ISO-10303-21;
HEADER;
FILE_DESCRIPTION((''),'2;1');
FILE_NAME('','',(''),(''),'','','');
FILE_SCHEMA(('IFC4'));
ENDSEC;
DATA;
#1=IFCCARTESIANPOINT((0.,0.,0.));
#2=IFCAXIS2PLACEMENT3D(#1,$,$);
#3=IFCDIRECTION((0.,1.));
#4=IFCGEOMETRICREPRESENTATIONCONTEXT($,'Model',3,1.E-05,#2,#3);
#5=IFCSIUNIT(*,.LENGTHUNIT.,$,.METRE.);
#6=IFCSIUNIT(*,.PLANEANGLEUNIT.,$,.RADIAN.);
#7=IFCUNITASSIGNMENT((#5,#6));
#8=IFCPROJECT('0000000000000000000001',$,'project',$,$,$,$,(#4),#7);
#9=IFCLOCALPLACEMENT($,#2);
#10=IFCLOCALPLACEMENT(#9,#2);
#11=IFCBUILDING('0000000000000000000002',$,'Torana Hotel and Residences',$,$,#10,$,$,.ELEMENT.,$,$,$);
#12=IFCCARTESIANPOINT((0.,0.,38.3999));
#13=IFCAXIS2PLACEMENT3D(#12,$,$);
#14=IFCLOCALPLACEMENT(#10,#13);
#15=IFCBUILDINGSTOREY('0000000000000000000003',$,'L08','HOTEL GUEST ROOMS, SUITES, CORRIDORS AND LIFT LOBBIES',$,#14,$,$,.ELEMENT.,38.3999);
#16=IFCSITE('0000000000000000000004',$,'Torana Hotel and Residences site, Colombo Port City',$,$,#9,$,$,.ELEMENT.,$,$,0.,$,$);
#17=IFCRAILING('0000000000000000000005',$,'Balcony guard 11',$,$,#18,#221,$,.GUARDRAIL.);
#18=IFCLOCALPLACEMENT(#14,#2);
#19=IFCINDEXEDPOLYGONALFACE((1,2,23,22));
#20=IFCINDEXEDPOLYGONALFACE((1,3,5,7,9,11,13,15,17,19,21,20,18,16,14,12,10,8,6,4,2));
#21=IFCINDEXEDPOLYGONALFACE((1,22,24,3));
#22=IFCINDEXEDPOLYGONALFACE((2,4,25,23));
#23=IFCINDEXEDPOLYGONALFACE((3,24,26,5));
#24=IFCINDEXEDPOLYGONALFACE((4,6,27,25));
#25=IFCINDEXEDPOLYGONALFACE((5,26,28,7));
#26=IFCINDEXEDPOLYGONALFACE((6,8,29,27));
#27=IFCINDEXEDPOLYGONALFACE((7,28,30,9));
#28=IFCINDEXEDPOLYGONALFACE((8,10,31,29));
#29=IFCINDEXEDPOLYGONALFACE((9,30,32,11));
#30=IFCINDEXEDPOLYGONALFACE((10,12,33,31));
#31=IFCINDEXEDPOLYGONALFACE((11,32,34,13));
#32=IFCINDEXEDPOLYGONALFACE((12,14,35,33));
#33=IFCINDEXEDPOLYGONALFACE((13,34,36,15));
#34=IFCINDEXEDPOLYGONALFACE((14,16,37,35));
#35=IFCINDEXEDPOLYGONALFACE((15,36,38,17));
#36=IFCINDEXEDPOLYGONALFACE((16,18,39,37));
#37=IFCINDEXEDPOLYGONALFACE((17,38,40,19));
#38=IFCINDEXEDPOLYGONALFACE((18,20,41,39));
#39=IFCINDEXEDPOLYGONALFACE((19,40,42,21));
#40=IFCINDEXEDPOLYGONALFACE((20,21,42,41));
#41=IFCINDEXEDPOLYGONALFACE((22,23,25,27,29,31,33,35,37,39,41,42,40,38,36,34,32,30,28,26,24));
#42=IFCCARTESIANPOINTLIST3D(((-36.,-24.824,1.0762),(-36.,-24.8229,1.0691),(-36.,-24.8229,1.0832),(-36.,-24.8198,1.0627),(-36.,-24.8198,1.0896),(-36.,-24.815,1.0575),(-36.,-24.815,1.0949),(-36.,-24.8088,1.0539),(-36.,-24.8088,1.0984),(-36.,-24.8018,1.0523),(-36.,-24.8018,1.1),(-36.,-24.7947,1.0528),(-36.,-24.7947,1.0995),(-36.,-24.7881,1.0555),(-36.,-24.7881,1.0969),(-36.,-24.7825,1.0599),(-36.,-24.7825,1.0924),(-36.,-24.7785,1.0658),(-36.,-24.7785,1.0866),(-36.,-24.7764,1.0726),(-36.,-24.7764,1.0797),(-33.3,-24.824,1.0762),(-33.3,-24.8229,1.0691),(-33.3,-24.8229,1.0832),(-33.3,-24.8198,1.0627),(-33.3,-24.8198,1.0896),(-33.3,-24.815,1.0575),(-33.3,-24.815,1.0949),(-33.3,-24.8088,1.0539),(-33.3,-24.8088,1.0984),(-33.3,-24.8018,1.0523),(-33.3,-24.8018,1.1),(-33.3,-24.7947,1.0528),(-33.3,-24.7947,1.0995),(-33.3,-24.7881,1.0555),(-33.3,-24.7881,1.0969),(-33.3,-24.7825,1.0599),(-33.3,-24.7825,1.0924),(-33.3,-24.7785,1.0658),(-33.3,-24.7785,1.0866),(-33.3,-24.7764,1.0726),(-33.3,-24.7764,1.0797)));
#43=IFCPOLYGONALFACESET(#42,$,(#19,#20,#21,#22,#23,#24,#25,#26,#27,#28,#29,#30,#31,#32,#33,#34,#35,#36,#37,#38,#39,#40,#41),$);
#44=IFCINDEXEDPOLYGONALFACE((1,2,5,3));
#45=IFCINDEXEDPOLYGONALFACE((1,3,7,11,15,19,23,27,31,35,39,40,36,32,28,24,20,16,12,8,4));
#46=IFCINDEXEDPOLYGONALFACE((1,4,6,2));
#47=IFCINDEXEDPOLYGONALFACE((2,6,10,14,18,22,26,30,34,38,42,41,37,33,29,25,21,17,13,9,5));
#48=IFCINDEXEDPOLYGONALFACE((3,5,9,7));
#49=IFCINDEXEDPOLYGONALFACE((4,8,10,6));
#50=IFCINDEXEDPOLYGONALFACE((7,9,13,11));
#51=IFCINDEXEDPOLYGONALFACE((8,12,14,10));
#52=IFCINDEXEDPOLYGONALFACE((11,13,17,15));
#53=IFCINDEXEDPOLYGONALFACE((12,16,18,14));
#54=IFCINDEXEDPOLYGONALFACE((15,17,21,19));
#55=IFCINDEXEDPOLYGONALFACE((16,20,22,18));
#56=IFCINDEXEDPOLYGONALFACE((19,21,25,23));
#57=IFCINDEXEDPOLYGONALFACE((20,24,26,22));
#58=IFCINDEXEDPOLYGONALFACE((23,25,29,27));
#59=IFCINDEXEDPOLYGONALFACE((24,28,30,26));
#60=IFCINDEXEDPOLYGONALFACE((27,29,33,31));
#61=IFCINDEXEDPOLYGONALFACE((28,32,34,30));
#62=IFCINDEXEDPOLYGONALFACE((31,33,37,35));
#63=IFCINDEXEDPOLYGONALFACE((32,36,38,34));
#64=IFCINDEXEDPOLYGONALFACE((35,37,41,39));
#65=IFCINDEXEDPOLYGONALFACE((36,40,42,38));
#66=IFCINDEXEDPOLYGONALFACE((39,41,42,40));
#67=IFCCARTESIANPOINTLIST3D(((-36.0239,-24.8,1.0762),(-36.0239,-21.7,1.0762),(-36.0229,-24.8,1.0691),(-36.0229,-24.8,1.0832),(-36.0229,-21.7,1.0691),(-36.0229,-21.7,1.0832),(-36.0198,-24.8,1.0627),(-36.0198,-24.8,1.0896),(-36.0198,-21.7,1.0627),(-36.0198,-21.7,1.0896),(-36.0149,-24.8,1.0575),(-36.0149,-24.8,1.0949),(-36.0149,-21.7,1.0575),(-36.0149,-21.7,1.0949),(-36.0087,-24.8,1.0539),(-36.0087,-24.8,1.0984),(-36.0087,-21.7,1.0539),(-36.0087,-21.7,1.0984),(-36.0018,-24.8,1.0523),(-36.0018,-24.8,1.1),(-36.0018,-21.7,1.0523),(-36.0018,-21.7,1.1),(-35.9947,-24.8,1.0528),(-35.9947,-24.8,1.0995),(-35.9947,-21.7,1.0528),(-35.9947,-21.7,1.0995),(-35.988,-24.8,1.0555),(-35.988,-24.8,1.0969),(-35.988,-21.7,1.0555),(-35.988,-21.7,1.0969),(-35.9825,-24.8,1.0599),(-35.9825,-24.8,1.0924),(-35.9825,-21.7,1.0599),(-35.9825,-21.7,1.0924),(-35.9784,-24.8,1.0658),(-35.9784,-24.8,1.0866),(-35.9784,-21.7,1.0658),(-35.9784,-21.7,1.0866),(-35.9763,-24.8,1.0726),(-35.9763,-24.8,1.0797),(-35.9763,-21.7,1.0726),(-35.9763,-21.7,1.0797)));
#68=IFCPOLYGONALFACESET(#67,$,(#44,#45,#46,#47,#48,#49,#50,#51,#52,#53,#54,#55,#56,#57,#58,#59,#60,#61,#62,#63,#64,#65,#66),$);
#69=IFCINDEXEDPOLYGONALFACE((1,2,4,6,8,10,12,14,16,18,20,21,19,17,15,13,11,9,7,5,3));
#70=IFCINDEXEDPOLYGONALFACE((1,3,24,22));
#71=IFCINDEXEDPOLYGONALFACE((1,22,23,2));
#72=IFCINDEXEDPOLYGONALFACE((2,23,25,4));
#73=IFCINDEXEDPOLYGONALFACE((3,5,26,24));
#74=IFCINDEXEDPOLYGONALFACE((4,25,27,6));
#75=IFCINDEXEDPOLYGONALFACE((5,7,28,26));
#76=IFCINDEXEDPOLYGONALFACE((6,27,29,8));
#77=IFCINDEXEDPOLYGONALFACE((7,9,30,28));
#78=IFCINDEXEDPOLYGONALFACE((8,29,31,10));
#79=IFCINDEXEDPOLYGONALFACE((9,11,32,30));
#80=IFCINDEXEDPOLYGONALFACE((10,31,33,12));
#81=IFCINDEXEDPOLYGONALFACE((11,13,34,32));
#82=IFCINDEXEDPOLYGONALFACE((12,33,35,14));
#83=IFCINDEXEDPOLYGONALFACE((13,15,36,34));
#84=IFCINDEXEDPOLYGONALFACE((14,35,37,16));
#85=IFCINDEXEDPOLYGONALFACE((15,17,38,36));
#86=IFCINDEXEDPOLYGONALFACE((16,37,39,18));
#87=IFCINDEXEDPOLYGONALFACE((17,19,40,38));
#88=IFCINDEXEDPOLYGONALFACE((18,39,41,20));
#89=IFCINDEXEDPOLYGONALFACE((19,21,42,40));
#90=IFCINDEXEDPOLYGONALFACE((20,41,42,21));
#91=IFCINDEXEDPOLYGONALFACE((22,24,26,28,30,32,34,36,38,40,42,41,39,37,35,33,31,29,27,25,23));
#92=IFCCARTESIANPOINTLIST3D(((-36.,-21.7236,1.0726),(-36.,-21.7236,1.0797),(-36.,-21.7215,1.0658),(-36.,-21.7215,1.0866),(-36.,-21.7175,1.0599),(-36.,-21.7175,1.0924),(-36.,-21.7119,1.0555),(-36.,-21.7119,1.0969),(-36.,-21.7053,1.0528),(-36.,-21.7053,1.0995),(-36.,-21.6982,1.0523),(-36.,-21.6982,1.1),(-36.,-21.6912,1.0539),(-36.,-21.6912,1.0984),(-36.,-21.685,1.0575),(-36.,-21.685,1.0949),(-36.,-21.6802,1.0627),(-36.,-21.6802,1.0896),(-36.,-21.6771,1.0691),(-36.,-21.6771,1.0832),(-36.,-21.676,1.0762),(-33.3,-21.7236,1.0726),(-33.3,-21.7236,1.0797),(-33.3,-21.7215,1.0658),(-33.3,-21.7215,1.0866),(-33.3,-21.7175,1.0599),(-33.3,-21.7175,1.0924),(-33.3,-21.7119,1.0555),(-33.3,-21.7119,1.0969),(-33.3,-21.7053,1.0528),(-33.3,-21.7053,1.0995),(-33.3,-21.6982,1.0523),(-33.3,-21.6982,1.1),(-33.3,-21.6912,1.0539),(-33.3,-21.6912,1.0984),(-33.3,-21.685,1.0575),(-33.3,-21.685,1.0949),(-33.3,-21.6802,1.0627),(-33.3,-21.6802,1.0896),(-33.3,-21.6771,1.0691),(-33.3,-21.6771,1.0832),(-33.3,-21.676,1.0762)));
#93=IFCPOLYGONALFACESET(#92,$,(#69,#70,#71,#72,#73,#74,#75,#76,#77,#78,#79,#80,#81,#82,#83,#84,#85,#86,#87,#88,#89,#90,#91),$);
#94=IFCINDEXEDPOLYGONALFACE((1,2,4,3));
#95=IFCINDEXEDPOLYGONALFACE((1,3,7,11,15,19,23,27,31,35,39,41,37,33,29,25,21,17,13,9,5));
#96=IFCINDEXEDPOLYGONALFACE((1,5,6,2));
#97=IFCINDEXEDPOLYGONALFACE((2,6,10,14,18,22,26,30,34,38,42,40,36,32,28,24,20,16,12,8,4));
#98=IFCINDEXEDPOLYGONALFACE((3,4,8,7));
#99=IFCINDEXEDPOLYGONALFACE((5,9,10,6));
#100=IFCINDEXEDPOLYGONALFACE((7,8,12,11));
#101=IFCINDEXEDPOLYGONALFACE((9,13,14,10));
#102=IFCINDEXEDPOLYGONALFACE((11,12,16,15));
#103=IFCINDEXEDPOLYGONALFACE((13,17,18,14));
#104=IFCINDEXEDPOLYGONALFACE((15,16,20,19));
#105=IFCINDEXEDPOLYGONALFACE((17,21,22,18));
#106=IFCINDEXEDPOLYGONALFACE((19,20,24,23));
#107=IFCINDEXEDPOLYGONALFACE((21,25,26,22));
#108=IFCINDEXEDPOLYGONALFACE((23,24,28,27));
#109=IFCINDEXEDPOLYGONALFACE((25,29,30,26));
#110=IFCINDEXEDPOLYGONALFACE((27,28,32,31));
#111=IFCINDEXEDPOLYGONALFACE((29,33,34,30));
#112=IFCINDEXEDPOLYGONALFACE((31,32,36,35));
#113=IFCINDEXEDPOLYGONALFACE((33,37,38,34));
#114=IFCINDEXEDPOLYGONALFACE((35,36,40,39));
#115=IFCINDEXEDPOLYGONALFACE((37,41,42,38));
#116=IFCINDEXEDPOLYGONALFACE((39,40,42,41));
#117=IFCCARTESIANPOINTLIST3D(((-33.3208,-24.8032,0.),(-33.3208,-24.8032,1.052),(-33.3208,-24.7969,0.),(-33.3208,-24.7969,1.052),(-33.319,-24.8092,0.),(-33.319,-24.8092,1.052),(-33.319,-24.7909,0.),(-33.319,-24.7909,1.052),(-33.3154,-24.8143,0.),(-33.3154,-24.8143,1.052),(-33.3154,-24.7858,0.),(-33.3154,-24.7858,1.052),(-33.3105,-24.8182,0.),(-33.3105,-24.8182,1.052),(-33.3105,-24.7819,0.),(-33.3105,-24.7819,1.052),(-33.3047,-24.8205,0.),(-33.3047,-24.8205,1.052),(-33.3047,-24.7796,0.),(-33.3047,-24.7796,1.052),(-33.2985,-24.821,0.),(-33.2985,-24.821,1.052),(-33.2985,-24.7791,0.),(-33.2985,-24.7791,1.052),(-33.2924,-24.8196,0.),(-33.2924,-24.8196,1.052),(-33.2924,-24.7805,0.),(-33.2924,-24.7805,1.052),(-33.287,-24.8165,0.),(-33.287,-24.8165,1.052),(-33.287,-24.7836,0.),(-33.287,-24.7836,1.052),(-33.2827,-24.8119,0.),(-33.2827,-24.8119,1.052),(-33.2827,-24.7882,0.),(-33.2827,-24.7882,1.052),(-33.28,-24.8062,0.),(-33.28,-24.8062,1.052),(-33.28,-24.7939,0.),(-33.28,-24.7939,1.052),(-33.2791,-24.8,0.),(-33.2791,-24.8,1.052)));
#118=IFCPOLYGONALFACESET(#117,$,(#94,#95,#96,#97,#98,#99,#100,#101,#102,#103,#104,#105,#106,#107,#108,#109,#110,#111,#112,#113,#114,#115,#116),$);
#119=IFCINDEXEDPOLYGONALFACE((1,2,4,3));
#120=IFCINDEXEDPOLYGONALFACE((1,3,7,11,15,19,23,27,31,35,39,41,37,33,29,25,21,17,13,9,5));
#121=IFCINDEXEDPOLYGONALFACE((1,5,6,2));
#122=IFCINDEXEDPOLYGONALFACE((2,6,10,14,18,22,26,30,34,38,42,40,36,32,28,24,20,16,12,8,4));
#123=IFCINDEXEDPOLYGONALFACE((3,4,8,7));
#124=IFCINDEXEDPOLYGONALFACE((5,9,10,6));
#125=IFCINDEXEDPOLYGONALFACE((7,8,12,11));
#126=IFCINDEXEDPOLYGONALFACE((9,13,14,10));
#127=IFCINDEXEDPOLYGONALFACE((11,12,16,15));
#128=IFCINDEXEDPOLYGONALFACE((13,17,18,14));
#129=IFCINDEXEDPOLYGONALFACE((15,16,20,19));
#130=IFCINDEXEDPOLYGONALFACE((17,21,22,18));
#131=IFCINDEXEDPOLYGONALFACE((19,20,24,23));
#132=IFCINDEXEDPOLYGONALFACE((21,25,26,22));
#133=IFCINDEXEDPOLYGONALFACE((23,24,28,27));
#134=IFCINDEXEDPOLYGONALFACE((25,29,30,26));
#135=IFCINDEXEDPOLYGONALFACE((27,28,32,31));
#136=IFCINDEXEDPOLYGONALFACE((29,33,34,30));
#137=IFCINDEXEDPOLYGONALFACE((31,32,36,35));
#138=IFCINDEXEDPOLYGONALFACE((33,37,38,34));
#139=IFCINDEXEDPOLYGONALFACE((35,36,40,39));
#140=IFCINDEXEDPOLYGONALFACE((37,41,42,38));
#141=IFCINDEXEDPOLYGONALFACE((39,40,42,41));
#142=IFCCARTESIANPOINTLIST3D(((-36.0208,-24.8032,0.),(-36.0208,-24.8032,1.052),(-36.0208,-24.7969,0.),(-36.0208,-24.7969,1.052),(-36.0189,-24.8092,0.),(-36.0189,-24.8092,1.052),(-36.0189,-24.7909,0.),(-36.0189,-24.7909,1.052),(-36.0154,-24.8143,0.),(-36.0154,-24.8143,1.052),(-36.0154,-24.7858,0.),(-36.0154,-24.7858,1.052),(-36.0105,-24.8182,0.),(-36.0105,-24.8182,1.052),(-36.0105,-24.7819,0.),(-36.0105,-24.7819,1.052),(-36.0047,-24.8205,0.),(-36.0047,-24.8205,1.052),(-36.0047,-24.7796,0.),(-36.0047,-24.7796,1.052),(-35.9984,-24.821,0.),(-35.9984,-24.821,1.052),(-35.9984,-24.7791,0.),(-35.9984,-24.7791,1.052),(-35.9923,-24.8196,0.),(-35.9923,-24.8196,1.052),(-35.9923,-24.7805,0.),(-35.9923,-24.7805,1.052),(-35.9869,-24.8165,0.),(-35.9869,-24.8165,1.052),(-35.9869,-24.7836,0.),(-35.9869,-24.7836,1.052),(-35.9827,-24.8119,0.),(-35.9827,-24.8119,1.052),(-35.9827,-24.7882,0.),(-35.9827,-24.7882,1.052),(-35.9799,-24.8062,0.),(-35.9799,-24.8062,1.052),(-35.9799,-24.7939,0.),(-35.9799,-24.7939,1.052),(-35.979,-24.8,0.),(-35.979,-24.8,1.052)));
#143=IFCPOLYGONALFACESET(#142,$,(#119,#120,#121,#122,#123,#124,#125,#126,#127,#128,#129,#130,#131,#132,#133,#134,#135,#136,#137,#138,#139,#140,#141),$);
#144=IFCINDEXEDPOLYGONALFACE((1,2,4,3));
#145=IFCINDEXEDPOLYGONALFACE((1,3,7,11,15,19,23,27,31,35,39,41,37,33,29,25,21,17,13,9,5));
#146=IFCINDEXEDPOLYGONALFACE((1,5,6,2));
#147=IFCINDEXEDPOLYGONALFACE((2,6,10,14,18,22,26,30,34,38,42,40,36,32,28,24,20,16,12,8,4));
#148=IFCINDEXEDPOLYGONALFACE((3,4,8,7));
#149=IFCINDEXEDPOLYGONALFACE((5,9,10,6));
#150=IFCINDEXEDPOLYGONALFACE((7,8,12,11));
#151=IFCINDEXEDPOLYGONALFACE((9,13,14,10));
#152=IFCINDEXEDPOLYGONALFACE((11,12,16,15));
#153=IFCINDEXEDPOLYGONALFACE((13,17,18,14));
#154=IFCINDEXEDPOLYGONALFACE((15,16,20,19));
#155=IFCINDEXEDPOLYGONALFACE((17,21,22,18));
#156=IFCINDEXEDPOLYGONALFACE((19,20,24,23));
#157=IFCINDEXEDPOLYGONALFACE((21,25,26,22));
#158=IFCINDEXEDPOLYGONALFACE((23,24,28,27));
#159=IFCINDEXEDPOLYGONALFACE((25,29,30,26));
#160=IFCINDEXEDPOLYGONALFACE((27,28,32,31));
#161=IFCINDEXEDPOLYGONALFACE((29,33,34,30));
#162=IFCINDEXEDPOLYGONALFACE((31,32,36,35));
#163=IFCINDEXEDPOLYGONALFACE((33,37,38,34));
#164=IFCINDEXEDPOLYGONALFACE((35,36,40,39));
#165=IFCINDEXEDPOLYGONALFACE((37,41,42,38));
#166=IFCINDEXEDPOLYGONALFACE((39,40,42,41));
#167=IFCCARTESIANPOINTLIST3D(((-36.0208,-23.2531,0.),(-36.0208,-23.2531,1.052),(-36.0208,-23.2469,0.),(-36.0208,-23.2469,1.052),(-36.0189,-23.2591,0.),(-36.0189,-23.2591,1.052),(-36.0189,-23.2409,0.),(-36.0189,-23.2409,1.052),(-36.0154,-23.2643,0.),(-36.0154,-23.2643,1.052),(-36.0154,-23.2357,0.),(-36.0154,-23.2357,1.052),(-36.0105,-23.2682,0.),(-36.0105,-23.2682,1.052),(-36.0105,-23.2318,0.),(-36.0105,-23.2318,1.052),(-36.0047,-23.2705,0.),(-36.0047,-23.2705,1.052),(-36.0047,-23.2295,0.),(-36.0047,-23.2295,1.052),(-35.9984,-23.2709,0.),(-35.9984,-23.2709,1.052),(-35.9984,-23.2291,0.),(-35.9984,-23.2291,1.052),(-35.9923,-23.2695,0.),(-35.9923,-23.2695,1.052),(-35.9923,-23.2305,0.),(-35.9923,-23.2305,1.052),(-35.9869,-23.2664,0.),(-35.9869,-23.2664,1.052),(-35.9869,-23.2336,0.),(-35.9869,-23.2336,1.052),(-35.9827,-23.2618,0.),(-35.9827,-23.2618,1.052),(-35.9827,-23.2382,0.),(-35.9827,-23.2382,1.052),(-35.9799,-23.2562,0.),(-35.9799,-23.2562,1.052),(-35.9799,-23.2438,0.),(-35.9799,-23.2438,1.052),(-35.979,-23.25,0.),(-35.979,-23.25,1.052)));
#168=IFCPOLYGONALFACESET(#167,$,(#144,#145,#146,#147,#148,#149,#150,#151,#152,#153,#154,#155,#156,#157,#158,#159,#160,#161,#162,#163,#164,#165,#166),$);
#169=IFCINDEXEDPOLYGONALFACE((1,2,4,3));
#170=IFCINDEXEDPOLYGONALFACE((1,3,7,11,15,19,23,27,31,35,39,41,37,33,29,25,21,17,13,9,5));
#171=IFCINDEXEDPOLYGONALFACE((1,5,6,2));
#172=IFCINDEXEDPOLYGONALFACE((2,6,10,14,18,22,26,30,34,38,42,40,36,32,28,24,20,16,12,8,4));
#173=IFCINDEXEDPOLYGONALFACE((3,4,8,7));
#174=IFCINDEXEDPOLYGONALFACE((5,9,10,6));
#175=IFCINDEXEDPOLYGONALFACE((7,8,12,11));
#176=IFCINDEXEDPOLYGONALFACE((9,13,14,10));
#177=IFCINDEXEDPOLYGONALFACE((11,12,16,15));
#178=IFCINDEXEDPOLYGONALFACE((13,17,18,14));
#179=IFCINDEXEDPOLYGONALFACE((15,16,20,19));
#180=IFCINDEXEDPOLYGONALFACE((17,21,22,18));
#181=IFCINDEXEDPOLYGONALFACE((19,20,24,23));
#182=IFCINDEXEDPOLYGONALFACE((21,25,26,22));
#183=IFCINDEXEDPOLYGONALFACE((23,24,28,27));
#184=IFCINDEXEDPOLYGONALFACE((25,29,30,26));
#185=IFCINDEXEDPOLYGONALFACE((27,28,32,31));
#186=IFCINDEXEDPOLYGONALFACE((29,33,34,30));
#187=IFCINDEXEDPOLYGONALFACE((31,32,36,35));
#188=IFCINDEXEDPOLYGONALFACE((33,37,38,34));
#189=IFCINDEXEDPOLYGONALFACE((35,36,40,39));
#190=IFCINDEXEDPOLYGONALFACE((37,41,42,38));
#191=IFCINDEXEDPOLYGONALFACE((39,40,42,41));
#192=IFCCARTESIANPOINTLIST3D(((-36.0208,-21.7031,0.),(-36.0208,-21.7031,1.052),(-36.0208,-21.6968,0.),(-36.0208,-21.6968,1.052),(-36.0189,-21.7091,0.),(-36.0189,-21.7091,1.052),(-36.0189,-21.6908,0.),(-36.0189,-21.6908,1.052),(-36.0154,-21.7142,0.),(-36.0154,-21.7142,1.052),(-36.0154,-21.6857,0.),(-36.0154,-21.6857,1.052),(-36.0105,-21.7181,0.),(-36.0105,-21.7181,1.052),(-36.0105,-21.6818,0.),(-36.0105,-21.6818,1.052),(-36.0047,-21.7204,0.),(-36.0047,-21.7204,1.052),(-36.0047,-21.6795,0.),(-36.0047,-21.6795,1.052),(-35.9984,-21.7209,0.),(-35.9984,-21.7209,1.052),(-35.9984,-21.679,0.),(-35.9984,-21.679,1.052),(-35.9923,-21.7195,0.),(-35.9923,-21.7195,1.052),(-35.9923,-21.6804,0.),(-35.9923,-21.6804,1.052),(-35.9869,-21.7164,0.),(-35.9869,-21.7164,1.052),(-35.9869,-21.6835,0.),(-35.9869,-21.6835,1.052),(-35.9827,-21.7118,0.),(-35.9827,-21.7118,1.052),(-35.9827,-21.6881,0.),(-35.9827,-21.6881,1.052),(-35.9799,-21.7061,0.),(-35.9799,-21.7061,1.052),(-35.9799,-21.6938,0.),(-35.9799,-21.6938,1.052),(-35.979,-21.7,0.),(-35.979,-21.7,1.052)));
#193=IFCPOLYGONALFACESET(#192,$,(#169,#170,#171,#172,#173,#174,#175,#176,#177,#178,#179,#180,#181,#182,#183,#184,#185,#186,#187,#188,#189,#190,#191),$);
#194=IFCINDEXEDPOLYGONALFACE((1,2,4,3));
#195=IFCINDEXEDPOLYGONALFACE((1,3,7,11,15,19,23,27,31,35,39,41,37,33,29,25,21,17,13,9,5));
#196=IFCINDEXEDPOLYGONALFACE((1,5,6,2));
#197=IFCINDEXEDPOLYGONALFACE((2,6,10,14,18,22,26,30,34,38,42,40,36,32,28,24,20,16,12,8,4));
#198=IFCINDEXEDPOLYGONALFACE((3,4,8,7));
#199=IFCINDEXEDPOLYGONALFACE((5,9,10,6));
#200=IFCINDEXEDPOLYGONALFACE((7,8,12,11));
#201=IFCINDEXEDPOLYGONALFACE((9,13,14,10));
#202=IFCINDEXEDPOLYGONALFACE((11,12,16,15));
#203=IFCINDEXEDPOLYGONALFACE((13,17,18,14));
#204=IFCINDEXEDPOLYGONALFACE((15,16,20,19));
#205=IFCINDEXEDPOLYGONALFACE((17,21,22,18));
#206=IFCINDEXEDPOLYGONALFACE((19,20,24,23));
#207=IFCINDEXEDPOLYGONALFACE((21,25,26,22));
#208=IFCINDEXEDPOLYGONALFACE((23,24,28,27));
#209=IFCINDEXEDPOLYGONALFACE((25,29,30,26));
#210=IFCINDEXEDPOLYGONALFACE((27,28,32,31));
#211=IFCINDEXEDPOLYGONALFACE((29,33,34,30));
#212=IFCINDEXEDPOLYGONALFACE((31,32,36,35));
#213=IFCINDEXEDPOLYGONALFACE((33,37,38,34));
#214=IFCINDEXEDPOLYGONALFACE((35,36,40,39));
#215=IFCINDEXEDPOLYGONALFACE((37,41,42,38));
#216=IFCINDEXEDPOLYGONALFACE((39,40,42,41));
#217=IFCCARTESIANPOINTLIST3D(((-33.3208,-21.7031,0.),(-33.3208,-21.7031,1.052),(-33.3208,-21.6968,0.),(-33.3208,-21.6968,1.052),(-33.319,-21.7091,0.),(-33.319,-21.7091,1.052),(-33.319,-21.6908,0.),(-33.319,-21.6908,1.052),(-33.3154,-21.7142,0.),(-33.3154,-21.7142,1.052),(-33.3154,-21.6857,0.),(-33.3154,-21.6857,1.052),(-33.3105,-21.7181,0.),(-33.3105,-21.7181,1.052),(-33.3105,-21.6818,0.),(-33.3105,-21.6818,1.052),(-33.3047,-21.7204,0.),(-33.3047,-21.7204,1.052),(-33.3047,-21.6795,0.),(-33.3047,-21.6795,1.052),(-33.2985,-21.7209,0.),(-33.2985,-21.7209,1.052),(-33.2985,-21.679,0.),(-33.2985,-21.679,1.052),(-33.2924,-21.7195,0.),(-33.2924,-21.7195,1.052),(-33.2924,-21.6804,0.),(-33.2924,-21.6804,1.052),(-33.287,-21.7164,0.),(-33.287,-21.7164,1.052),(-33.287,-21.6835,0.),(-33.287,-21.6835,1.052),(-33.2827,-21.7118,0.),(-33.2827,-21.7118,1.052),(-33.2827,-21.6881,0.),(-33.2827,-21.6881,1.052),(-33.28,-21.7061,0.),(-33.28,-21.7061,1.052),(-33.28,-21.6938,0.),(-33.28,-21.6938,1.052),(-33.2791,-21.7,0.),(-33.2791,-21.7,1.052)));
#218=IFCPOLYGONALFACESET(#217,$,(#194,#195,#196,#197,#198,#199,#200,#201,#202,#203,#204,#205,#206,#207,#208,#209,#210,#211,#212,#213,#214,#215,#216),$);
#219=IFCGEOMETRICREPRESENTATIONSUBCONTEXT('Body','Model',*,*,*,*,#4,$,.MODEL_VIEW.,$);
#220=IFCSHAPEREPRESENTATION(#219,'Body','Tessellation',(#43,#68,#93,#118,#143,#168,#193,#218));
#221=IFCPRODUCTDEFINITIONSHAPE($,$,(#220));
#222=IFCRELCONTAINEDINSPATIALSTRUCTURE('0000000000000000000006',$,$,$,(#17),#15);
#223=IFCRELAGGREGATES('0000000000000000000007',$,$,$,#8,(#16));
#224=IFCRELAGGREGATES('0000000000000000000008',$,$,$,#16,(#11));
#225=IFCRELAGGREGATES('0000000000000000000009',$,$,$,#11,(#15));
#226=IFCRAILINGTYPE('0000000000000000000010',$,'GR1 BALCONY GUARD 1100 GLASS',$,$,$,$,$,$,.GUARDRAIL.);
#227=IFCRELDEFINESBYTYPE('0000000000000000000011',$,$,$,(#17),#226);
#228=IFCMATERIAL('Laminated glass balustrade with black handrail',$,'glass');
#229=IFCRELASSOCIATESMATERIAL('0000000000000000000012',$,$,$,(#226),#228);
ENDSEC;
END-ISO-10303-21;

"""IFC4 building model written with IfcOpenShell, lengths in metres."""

from ifc_helpers import new_model, si_unit, direction, frame, origin, origin_2d, place, context, subcontext, project, spatial, circle, extrude, material, type_object, element, save


model = new_model("IFC4")

# Units and contexts
model_context = context("Model", 3, precision=1e-05, world=origin(), true_north=direction((0.0, 1.0)))
body_context = subcontext(model_context, "Body", "Model", "MODEL_VIEW")
ifc_project = project(units=[si_unit("LENGTHUNIT", "METRE"), si_unit("PLANEANGLEUNIT", "RADIAN")], contexts=[model_context])

# Site, building, storey
site_placement = place(None, origin())
site = spatial("IfcSite", under=ifc_project, at=site_placement, Name="Torana Hotel and Residences site, Colombo Port City", CompositionType="ELEMENT", RefElevation=0.0)
building_placement = place(site_placement, origin())
building = spatial("IfcBuilding", under=site, at=building_placement, Name="Torana Hotel and Residences", CompositionType="ELEMENT")
storey_placement = place(building_placement, frame((0.0, 0.0, 38.3999)))
storey = spatial("IfcBuildingStorey", under=building, at=storey_placement, Name="L08", Description="HOTEL GUEST ROOMS, SUITES, CORRIDORS AND LIFT LOBBIES", CompositionType="ELEMENT", Elevation=38.3999)

# Railing
ifc_material_1 = material(Name="Laminated glass balustrade with black handrail", Category="glass")
railing_type = type_object("IfcRailingType", Name="GR1 BALCONY GUARD 1100 GLASS", PredefinedType="GUARDRAIL", material=ifc_material_1)
railing_placement = place(storey_placement, frame((-33.3, -24.8, 0.0)))
element("IfcRailing", 1, at=railing_placement, inside=storey, type_object=railing_type, Name="Balcony guard 11", PredefinedType="GUARDRAIL", context=body_context, shape_type="SweptSolid", body=[
    extrude(circle(Radius=0.0239, at=origin_2d()), frame((0.0, 0.0, 1.0762), z_axis=(-1.0, 0.0, 0.0), x_axis=(0.0, -1.0, 0.0)), (0.0, 0.0, 1.0), 2.7),
    extrude(circle(Radius=0.0239, at=origin_2d()), frame((-2.7, 0.0, 1.0762), z_axis=(0.0, 1.0, 0.0), x_axis=(-1.0, 0.0, 0.0)), (0.0, 0.0, 1.0), 3.1001),
    extrude(circle(Radius=0.0239, at=origin_2d()), frame((-2.7, 3.1001, 1.0762), z_axis=(1.0, 0.0, 0.0), x_axis=(0.0, 1.0, 0.0)), (0.0, 0.0, 1.0), 2.7),
    extrude(circle(Radius=0.021, at=origin_2d()), origin(), (0.0, 0.0, 1.0), 1.052),
    extrude(circle(Radius=0.021, at=origin_2d()), frame((-2.7, 0.0, 0.0)), (0.0, 0.0, 1.0), 1.052),
    extrude(circle(Radius=0.021, at=origin_2d()), frame((-2.7, 1.55, 0.0)), (0.0, 0.0, 1.0), 1.052),
    extrude(circle(Radius=0.021, at=origin_2d()), frame((-2.7, 3.1001, 0.0)), (0.0, 0.0, 1.0), 1.052),
    extrude(circle(Radius=0.021, at=origin_2d()), frame((0.0, 3.1001, 0.0)), (0.0, 0.0, 1.0), 1.052),
])

save(model, "model.ifc")
